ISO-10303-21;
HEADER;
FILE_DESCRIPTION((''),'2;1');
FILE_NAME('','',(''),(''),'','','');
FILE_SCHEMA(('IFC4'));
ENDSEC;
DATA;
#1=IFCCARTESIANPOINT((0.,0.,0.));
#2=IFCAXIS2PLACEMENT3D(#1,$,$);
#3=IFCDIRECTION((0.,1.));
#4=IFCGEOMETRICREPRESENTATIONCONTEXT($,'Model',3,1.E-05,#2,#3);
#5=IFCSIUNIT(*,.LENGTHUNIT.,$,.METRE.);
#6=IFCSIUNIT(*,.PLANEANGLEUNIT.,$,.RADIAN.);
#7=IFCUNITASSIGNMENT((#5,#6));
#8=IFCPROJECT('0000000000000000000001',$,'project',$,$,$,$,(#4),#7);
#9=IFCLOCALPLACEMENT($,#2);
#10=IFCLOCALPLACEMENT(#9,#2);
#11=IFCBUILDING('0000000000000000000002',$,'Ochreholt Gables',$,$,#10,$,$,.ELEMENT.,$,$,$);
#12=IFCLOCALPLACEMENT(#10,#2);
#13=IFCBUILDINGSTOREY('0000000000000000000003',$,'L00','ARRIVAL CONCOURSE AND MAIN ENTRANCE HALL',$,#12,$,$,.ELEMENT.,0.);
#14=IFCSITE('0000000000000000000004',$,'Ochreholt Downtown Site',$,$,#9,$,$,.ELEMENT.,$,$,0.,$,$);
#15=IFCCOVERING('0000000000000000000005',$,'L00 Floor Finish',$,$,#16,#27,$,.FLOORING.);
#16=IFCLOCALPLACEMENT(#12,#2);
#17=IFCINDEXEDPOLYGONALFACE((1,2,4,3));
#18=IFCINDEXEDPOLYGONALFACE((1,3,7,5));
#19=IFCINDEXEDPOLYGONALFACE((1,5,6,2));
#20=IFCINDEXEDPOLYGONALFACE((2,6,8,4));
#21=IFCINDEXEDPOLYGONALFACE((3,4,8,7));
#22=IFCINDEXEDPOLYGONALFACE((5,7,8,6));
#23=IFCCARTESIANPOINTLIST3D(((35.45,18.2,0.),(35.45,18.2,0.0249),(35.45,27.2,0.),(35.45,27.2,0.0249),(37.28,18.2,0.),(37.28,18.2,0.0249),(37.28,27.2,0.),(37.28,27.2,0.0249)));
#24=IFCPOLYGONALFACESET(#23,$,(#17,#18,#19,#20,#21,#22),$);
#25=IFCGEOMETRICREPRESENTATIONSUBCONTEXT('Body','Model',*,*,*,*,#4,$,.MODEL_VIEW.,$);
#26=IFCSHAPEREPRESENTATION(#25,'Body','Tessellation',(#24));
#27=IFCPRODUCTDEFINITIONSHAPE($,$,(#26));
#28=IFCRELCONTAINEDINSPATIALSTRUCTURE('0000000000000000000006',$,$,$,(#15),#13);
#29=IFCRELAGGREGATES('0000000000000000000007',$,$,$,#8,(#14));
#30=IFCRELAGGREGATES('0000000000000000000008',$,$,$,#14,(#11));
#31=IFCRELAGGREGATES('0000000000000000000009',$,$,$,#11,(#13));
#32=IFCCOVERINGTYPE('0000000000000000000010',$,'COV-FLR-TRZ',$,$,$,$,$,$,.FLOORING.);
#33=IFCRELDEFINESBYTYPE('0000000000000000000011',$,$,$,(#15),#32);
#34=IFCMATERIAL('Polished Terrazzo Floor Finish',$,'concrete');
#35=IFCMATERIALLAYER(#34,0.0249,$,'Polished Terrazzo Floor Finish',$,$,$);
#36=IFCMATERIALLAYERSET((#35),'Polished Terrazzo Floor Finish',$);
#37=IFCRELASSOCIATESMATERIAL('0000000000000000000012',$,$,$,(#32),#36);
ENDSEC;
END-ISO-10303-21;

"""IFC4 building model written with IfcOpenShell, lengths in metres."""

from ifc_helpers import new_model, si_unit, direction, origin, place, context, subcontext, project, spatial, polyline, outline, extrude, material, layer, layer_set, type_object, element, save


model = new_model("IFC4")

# Units and contexts
model_context = context("Model", 3, precision=1e-05, world=origin(), true_north=direction((0.0, 1.0)))
body_context = subcontext(model_context, "Body", "Model", "MODEL_VIEW")
ifc_project = project(units=[si_unit("LENGTHUNIT", "METRE"), si_unit("PLANEANGLEUNIT", "RADIAN")], contexts=[model_context])

# Site, building, storey
site_placement = place(None, origin())
site = spatial("IfcSite", under=ifc_project, at=site_placement, Name="Ochreholt Downtown Site", CompositionType="ELEMENT", RefElevation=0.0)
building_placement = place(site_placement, origin())
building = spatial("IfcBuilding", under=site, at=building_placement, Name="Ochreholt Gables", CompositionType="ELEMENT")
storey_placement = place(building_placement, origin())
storey = spatial("IfcBuildingStorey", under=building, at=storey_placement, Name="L00", Description="ARRIVAL CONCOURSE AND MAIN ENTRANCE HALL", CompositionType="ELEMENT", Elevation=0.0)

# Covering
ifc_material_1 = material(Name="Polished Terrazzo Floor Finish", Category="concrete")
ifc_layer_1 = layer(ifc_material_1, 0.0249, Name="Polished Terrazzo Floor Finish")
ifc_layer_set_1 = layer_set([ifc_layer_1], Name="Polished Terrazzo Floor Finish")
covering_type_1 = type_object("IfcCoveringType", Name="COV-FLR-TRZ", PredefinedType="FLOORING", material=ifc_layer_set_1)
covering_1_placement = place(storey_placement, origin())
element("IfcCovering", 1, at=covering_1_placement, inside=storey, type_object=covering_type_1, Name="L00 Floor Finish", PredefinedType="FLOORING", context=body_context, shape_type="SweptSolid", body=[
    extrude(outline(polyline([(35.45, 18.2), (37.28, 18.2), (37.28, 27.2), (35.45, 27.2), (35.45, 18.2)])), origin(), (0.0, 0.0, 1.0), 0.0249),
])

save(model, "model.ifc")
